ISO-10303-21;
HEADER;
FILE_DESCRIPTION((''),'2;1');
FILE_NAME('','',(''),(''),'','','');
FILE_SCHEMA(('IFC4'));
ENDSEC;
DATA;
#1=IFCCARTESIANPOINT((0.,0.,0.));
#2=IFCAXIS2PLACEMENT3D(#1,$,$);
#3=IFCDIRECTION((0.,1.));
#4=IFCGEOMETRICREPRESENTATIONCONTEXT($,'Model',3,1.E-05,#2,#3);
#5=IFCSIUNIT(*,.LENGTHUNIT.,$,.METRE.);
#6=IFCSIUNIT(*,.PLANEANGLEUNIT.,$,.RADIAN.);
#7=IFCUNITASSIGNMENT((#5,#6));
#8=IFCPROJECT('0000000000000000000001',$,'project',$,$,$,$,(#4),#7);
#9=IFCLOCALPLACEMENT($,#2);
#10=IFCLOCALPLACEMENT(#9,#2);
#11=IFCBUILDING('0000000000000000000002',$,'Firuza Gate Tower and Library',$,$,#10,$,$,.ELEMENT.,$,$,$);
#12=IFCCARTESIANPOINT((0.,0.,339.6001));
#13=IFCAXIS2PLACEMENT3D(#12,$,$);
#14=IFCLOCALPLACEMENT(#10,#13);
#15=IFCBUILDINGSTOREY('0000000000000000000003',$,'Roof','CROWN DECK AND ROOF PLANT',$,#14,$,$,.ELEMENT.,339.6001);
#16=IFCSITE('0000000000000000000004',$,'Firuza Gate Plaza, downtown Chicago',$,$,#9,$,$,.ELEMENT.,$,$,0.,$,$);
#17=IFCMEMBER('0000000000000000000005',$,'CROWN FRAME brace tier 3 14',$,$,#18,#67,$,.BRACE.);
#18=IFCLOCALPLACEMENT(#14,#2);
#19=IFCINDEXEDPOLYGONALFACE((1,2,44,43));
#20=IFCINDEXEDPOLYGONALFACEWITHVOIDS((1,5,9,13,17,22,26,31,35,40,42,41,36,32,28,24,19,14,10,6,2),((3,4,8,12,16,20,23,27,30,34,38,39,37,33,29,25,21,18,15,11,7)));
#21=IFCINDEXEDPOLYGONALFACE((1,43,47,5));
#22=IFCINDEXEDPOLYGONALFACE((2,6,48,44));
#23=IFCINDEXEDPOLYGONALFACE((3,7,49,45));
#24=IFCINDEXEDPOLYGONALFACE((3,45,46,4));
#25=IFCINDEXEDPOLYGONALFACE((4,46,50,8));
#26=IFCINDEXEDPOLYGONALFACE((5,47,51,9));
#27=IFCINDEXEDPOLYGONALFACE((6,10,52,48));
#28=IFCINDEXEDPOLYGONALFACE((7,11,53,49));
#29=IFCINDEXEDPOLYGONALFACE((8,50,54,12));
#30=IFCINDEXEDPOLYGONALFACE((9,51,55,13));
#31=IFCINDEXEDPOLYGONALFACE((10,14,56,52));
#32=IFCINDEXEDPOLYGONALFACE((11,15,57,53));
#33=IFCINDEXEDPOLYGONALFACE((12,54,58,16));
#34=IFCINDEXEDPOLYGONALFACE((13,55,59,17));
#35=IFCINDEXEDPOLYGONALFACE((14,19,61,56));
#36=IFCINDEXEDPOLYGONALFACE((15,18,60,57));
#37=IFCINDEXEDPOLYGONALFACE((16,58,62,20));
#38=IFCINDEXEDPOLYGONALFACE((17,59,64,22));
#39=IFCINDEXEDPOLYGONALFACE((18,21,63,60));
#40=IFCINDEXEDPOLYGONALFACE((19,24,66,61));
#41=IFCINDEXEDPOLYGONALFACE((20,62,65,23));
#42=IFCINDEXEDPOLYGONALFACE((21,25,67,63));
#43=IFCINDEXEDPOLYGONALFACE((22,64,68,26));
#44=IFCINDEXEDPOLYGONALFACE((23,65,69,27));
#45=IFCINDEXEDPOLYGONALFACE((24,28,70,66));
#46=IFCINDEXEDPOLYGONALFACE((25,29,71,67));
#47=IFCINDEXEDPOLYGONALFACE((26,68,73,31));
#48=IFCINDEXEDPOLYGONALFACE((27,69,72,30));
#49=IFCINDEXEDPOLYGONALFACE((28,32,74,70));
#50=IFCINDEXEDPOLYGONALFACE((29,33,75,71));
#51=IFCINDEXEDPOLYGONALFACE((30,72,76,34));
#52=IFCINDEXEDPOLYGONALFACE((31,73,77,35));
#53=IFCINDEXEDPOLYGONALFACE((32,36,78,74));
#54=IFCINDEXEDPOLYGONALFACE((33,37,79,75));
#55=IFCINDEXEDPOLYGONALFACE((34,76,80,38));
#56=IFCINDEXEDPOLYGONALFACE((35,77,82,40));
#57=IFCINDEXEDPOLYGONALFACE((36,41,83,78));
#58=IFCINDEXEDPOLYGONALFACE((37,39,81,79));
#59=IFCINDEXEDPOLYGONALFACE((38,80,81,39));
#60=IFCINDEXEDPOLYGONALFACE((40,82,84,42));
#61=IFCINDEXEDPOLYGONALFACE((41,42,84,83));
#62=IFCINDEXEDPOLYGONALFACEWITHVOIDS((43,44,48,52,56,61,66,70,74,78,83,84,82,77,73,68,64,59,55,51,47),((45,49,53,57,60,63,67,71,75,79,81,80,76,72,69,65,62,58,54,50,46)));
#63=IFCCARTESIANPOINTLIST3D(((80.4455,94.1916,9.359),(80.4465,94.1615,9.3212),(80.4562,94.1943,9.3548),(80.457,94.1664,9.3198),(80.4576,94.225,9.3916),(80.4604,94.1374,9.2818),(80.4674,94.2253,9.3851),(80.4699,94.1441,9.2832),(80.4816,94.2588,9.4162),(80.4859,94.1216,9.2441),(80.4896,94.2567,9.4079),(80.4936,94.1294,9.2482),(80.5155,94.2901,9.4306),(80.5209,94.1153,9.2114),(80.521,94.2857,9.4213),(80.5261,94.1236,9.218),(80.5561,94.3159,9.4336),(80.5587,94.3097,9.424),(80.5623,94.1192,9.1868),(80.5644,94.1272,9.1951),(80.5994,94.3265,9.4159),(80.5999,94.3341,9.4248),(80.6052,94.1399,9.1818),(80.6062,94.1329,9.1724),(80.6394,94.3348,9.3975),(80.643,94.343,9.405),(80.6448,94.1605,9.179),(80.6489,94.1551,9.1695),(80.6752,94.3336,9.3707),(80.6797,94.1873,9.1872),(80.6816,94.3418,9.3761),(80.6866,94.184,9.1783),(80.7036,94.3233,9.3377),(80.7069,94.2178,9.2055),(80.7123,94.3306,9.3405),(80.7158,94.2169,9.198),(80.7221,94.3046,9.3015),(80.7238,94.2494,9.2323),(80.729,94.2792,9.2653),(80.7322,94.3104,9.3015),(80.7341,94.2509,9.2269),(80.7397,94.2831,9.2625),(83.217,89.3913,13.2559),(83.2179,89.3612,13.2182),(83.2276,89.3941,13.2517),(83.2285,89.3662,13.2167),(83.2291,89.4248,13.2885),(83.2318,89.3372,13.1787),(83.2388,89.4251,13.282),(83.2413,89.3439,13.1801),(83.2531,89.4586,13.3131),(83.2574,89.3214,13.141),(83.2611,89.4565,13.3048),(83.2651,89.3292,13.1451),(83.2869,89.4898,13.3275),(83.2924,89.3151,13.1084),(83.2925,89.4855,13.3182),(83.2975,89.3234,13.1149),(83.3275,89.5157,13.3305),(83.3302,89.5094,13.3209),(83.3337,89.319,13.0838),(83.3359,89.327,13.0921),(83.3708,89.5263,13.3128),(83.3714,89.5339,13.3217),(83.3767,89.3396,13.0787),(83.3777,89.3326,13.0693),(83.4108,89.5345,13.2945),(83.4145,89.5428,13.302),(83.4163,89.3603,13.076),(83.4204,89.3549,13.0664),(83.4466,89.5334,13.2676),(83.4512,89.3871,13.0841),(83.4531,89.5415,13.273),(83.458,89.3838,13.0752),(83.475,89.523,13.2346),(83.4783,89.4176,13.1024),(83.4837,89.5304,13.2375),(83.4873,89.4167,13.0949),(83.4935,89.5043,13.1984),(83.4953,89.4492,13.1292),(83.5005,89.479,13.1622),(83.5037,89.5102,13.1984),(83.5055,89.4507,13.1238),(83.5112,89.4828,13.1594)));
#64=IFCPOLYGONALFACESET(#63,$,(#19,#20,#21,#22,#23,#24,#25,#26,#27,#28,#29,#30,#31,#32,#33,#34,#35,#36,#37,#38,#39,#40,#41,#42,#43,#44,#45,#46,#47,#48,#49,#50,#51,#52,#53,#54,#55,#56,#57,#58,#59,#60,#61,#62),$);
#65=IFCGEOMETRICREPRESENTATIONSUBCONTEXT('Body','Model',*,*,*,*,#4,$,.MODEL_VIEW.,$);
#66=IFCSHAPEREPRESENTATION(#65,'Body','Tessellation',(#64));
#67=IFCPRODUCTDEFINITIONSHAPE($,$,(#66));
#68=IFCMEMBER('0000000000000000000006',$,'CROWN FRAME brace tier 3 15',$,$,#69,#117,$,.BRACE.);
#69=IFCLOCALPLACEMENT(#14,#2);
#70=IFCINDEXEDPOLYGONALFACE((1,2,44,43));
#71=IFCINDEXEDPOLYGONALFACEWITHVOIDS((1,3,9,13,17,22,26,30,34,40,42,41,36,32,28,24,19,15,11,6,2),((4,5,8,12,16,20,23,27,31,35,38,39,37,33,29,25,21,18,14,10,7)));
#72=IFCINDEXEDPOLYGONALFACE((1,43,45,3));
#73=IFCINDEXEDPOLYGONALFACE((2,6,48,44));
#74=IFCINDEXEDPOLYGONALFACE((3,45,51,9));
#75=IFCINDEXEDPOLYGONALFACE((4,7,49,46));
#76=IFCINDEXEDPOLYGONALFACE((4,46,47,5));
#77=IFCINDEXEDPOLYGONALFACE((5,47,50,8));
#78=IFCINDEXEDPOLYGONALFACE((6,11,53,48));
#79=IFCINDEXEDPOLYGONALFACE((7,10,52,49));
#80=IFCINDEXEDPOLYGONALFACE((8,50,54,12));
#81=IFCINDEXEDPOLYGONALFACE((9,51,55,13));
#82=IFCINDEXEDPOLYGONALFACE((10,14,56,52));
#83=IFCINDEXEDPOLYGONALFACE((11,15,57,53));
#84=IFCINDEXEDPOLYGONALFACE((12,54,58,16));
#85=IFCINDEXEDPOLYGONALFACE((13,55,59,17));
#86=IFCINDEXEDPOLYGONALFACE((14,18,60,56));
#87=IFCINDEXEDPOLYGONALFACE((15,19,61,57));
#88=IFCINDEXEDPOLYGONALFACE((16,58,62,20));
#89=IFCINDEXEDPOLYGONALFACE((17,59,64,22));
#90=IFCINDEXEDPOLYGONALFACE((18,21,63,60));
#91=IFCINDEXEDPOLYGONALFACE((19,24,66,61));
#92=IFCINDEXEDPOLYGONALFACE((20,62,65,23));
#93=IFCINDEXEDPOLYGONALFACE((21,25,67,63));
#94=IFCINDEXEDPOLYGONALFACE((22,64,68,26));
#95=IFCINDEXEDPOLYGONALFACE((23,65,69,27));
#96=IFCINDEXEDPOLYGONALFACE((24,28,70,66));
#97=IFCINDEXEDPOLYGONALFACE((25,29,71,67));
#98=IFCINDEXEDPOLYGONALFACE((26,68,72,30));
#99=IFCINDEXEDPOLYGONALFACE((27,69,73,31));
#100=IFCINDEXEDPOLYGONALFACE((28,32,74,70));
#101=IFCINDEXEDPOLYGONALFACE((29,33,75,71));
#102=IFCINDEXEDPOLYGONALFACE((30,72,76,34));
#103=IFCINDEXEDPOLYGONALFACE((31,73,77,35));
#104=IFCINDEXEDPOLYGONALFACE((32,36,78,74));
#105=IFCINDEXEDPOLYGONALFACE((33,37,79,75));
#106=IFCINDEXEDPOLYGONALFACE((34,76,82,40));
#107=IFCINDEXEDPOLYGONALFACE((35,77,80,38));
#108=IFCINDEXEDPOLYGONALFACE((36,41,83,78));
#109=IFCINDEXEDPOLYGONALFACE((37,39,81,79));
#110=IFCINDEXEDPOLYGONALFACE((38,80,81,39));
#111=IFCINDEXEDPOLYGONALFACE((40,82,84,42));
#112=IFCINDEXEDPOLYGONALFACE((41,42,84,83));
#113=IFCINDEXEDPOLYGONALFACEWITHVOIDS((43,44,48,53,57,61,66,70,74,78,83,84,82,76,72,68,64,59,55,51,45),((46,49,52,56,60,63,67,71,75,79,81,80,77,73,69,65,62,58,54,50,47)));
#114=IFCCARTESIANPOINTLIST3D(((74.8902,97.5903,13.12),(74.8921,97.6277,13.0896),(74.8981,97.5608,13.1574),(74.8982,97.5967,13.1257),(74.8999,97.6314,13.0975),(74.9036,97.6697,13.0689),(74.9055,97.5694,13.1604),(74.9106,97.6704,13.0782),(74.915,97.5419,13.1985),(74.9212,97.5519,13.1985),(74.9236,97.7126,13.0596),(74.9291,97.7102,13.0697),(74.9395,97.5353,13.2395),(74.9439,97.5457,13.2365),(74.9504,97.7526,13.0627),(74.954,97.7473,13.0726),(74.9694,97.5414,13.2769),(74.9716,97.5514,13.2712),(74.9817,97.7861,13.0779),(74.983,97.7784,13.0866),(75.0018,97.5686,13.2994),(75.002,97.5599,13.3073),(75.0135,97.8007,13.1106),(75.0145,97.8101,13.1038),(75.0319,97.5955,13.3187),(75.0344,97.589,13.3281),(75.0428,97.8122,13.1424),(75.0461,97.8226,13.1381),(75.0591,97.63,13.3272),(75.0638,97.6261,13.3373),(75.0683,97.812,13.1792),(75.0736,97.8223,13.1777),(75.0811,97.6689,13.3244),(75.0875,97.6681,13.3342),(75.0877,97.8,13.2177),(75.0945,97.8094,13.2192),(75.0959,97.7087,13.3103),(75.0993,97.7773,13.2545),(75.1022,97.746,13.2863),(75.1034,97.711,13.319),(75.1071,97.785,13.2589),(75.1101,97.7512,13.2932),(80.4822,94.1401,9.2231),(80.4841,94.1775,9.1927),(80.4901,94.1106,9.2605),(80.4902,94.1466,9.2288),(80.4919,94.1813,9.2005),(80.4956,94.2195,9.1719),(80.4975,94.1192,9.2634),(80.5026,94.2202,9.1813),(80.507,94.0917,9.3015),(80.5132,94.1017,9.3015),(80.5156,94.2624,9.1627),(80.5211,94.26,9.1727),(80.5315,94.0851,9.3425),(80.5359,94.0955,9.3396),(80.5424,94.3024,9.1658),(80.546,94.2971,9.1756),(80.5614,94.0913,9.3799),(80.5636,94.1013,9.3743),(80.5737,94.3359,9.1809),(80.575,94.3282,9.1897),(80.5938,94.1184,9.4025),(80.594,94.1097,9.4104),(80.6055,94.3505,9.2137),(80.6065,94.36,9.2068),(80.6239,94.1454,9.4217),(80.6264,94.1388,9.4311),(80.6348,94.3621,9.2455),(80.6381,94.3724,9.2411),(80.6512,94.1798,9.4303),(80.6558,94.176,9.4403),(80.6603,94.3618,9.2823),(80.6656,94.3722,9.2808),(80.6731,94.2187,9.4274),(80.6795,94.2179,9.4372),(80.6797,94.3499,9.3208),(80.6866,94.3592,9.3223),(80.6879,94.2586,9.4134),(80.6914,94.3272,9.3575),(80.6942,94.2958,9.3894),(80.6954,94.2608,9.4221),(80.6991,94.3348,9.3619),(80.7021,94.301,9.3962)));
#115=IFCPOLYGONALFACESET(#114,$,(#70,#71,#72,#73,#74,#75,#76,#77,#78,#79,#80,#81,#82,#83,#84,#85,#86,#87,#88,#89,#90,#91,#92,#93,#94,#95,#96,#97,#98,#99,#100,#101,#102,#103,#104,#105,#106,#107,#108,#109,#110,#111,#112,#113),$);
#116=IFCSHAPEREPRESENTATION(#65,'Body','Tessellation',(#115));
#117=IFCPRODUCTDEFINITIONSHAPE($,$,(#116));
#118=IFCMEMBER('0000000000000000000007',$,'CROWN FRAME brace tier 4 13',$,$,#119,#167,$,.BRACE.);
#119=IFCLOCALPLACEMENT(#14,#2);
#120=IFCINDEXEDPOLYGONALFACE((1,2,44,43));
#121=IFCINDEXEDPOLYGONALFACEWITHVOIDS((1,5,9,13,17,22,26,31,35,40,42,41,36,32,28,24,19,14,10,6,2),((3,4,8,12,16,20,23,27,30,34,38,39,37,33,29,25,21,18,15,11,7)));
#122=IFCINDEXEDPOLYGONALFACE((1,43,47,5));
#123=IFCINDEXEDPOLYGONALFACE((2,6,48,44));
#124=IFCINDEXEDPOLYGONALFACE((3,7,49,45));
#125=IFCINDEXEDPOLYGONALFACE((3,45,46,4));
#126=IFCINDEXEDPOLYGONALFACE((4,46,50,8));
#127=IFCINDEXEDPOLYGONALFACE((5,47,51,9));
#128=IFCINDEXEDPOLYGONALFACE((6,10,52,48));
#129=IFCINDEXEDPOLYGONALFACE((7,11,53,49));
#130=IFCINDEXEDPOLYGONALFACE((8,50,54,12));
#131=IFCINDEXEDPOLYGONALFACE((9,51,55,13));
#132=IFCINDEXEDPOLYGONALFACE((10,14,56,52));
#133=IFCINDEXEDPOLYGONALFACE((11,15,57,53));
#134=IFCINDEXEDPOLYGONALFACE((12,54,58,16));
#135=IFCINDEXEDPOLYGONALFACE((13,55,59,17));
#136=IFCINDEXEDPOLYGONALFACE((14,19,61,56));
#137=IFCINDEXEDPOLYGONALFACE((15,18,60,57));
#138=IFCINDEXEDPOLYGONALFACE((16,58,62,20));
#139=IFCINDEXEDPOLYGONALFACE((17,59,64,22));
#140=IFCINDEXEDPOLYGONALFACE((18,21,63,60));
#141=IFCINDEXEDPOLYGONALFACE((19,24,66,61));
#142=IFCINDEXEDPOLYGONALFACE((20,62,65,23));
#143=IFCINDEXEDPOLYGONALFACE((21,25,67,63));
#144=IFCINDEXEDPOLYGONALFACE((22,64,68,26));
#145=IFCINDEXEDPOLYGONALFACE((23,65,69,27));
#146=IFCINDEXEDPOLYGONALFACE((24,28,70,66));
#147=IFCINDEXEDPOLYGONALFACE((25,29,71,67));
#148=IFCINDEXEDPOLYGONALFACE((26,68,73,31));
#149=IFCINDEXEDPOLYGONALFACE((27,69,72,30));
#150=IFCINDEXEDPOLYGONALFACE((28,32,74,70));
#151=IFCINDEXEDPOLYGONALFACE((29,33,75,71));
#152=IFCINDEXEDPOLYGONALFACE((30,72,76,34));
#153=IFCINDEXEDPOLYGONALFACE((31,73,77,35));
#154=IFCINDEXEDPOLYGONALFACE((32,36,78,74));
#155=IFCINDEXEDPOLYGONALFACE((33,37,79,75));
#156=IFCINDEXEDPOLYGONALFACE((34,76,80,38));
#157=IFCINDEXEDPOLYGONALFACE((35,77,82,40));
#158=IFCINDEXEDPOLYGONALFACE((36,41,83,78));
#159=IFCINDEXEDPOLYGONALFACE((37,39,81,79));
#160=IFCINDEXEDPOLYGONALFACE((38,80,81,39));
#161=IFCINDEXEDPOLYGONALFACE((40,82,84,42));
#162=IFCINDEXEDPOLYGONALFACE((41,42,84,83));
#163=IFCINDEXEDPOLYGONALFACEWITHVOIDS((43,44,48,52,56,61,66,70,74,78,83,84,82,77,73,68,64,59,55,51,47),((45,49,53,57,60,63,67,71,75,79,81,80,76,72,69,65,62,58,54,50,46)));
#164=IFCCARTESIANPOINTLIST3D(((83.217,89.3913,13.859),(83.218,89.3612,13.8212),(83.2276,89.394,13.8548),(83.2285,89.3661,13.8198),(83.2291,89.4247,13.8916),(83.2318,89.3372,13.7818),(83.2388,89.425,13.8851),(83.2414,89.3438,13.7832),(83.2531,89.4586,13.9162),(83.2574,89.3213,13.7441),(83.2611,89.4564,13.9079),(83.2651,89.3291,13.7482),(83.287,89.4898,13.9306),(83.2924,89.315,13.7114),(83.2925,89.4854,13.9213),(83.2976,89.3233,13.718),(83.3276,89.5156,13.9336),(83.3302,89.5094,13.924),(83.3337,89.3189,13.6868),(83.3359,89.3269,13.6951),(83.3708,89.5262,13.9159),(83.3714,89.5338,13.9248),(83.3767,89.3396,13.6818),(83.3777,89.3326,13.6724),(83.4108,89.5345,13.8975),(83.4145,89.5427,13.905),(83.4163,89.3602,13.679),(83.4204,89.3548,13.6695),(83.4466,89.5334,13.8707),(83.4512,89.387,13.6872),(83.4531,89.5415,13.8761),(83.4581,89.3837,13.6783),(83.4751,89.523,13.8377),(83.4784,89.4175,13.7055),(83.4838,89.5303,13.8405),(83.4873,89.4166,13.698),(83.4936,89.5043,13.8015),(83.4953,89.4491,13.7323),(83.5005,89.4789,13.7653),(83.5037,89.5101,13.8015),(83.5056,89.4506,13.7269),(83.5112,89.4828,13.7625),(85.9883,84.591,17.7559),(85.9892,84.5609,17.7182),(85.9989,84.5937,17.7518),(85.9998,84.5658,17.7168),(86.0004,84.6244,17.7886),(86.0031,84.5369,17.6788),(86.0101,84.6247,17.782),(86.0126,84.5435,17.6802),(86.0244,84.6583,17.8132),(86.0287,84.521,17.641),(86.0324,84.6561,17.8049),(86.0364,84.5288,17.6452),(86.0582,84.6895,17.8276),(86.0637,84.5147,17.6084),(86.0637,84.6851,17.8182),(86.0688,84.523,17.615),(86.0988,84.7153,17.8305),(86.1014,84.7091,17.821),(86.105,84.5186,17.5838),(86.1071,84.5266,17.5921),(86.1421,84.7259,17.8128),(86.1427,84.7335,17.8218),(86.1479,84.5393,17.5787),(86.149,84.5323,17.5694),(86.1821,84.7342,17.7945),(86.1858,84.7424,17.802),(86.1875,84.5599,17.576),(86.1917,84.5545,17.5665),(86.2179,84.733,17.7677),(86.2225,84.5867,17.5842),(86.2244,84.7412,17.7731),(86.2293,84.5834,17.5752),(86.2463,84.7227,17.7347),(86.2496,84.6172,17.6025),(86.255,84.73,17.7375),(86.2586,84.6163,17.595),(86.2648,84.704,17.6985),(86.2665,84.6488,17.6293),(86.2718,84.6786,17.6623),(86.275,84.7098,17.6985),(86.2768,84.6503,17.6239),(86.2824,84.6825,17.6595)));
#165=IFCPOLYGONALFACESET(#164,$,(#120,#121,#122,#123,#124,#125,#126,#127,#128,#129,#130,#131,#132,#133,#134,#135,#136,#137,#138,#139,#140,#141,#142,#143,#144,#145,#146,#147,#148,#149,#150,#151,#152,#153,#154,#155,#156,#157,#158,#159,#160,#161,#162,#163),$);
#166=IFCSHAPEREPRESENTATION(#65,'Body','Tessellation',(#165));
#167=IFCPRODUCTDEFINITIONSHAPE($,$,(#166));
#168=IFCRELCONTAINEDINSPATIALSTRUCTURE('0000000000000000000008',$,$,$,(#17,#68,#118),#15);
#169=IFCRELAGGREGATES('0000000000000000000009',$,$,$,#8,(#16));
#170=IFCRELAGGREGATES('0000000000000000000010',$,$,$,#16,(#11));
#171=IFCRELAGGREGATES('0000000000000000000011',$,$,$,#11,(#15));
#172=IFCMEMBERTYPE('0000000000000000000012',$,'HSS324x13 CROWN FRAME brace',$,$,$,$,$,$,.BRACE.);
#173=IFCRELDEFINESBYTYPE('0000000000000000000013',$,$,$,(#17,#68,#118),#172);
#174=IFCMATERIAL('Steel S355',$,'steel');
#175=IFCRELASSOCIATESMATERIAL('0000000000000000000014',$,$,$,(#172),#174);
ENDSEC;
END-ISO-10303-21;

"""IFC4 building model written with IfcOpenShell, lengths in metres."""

from ifc_helpers import new_model, si_unit, direction, frame, origin, origin_2d, place, context, subcontext, project, spatial, hollow_circle, extrude, material, material_profile, profile_set, type_object, element, save


model = new_model("IFC4")

# Units and contexts
model_context = context("Model", 3, precision=1e-05, world=origin(), true_north=direction((0.0, 1.0)))
body_context = subcontext(model_context, "Body", "Model", "MODEL_VIEW")
ifc_project = project(units=[si_unit("LENGTHUNIT", "METRE"), si_unit("PLANEANGLEUNIT", "RADIAN")], contexts=[model_context])

# Site, building, storey
site_placement = place(None, origin())
site = spatial("IfcSite", under=ifc_project, at=site_placement, Name="Firuza Gate Plaza, downtown Chicago", CompositionType="ELEMENT", RefElevation=0.0)
building_placement = place(site_placement, origin())
building = spatial("IfcBuilding", under=site, at=building_placement, Name="Firuza Gate Tower and Library", CompositionType="ELEMENT")
storey_placement = place(building_placement, frame((0.0, 0.0, 339.6001)))
storey = spatial("IfcBuildingStorey", under=building, at=storey_placement, Name="Roof", Description="CROWN DECK AND ROOF PLANT", CompositionType="ELEMENT", Elevation=339.6001)

# Members
ifc_material_1 = material(Name="Steel S355", Category="steel")
ifc_material_profile_1 = material_profile(ifc_material_1, hollow_circle(Radius=0.1619, WallThickness=0.0117, at=origin_2d()))
ifc_profile_set_1 = profile_set([ifc_material_profile_1], Name="Steel S355")
member_type_1 = type_object("IfcMemberType", Name="HSS324x13 CROWN FRAME brace", PredefinedType="BRACE", material=ifc_profile_set_1)
member_1_placement = place(storey_placement, frame((80.592, 94.2295, 9.3015), z_axis=(0.409032, -0.708455, 0.575138), x_axis=(0.866023, 0.500005, 0.0)))
element("IfcMember", 1, at=member_1_placement, inside=storey, type_object=member_type_1, Name="CROWN FRAME brace tier 3 14", PredefinedType="BRACE", context=body_context, shape_type="SweptSolid", body=[
    extrude(hollow_circle(Radius=0.1619, WallThickness=0.0117, at=origin_2d()), origin(), (0.0, 0.0, 1.0), 6.7756),
])
member_2_placement = place(storey_placement, frame((80.592, 94.2295, 9.3015), z_axis=(-0.731995, 0.451629, 0.510112), x_axis=(-0.525084, -0.85105, 0.0)))
element("IfcMember", 2, at=member_2_placement, inside=storey, type_object=member_type_1, Name="CROWN FRAME brace tier 3 15", PredefinedType="BRACE", context=body_context, shape_type="SweptSolid", body=[
    extrude(hollow_circle(Radius=0.1619, WallThickness=0.0117, at=origin_2d()), origin(), (0.0, 0.0, 1.0), 7.6394),
])
for number, where, z_axis, x_axis, name in (
    (3, (83.3635, 89.4292, 13.8015), (0.409002, -0.708466, 0.575147), (0.866042, 0.499972, 0.0), "CROWN FRAME brace tier 4 13"),
):
    element("IfcMember", number, at=place(storey_placement, frame(where, z_axis=z_axis, x_axis=x_axis)), inside=storey, type_object=member_type_1, Name=name, PredefinedType="BRACE", context=body_context, shape_type="SweptSolid", body=[
        extrude(hollow_circle(Radius=0.1619, WallThickness=0.0117, at=origin_2d()), origin(), (0.0, 0.0, 1.0), 6.7756),
    ])

save(model, "model.ifc")
